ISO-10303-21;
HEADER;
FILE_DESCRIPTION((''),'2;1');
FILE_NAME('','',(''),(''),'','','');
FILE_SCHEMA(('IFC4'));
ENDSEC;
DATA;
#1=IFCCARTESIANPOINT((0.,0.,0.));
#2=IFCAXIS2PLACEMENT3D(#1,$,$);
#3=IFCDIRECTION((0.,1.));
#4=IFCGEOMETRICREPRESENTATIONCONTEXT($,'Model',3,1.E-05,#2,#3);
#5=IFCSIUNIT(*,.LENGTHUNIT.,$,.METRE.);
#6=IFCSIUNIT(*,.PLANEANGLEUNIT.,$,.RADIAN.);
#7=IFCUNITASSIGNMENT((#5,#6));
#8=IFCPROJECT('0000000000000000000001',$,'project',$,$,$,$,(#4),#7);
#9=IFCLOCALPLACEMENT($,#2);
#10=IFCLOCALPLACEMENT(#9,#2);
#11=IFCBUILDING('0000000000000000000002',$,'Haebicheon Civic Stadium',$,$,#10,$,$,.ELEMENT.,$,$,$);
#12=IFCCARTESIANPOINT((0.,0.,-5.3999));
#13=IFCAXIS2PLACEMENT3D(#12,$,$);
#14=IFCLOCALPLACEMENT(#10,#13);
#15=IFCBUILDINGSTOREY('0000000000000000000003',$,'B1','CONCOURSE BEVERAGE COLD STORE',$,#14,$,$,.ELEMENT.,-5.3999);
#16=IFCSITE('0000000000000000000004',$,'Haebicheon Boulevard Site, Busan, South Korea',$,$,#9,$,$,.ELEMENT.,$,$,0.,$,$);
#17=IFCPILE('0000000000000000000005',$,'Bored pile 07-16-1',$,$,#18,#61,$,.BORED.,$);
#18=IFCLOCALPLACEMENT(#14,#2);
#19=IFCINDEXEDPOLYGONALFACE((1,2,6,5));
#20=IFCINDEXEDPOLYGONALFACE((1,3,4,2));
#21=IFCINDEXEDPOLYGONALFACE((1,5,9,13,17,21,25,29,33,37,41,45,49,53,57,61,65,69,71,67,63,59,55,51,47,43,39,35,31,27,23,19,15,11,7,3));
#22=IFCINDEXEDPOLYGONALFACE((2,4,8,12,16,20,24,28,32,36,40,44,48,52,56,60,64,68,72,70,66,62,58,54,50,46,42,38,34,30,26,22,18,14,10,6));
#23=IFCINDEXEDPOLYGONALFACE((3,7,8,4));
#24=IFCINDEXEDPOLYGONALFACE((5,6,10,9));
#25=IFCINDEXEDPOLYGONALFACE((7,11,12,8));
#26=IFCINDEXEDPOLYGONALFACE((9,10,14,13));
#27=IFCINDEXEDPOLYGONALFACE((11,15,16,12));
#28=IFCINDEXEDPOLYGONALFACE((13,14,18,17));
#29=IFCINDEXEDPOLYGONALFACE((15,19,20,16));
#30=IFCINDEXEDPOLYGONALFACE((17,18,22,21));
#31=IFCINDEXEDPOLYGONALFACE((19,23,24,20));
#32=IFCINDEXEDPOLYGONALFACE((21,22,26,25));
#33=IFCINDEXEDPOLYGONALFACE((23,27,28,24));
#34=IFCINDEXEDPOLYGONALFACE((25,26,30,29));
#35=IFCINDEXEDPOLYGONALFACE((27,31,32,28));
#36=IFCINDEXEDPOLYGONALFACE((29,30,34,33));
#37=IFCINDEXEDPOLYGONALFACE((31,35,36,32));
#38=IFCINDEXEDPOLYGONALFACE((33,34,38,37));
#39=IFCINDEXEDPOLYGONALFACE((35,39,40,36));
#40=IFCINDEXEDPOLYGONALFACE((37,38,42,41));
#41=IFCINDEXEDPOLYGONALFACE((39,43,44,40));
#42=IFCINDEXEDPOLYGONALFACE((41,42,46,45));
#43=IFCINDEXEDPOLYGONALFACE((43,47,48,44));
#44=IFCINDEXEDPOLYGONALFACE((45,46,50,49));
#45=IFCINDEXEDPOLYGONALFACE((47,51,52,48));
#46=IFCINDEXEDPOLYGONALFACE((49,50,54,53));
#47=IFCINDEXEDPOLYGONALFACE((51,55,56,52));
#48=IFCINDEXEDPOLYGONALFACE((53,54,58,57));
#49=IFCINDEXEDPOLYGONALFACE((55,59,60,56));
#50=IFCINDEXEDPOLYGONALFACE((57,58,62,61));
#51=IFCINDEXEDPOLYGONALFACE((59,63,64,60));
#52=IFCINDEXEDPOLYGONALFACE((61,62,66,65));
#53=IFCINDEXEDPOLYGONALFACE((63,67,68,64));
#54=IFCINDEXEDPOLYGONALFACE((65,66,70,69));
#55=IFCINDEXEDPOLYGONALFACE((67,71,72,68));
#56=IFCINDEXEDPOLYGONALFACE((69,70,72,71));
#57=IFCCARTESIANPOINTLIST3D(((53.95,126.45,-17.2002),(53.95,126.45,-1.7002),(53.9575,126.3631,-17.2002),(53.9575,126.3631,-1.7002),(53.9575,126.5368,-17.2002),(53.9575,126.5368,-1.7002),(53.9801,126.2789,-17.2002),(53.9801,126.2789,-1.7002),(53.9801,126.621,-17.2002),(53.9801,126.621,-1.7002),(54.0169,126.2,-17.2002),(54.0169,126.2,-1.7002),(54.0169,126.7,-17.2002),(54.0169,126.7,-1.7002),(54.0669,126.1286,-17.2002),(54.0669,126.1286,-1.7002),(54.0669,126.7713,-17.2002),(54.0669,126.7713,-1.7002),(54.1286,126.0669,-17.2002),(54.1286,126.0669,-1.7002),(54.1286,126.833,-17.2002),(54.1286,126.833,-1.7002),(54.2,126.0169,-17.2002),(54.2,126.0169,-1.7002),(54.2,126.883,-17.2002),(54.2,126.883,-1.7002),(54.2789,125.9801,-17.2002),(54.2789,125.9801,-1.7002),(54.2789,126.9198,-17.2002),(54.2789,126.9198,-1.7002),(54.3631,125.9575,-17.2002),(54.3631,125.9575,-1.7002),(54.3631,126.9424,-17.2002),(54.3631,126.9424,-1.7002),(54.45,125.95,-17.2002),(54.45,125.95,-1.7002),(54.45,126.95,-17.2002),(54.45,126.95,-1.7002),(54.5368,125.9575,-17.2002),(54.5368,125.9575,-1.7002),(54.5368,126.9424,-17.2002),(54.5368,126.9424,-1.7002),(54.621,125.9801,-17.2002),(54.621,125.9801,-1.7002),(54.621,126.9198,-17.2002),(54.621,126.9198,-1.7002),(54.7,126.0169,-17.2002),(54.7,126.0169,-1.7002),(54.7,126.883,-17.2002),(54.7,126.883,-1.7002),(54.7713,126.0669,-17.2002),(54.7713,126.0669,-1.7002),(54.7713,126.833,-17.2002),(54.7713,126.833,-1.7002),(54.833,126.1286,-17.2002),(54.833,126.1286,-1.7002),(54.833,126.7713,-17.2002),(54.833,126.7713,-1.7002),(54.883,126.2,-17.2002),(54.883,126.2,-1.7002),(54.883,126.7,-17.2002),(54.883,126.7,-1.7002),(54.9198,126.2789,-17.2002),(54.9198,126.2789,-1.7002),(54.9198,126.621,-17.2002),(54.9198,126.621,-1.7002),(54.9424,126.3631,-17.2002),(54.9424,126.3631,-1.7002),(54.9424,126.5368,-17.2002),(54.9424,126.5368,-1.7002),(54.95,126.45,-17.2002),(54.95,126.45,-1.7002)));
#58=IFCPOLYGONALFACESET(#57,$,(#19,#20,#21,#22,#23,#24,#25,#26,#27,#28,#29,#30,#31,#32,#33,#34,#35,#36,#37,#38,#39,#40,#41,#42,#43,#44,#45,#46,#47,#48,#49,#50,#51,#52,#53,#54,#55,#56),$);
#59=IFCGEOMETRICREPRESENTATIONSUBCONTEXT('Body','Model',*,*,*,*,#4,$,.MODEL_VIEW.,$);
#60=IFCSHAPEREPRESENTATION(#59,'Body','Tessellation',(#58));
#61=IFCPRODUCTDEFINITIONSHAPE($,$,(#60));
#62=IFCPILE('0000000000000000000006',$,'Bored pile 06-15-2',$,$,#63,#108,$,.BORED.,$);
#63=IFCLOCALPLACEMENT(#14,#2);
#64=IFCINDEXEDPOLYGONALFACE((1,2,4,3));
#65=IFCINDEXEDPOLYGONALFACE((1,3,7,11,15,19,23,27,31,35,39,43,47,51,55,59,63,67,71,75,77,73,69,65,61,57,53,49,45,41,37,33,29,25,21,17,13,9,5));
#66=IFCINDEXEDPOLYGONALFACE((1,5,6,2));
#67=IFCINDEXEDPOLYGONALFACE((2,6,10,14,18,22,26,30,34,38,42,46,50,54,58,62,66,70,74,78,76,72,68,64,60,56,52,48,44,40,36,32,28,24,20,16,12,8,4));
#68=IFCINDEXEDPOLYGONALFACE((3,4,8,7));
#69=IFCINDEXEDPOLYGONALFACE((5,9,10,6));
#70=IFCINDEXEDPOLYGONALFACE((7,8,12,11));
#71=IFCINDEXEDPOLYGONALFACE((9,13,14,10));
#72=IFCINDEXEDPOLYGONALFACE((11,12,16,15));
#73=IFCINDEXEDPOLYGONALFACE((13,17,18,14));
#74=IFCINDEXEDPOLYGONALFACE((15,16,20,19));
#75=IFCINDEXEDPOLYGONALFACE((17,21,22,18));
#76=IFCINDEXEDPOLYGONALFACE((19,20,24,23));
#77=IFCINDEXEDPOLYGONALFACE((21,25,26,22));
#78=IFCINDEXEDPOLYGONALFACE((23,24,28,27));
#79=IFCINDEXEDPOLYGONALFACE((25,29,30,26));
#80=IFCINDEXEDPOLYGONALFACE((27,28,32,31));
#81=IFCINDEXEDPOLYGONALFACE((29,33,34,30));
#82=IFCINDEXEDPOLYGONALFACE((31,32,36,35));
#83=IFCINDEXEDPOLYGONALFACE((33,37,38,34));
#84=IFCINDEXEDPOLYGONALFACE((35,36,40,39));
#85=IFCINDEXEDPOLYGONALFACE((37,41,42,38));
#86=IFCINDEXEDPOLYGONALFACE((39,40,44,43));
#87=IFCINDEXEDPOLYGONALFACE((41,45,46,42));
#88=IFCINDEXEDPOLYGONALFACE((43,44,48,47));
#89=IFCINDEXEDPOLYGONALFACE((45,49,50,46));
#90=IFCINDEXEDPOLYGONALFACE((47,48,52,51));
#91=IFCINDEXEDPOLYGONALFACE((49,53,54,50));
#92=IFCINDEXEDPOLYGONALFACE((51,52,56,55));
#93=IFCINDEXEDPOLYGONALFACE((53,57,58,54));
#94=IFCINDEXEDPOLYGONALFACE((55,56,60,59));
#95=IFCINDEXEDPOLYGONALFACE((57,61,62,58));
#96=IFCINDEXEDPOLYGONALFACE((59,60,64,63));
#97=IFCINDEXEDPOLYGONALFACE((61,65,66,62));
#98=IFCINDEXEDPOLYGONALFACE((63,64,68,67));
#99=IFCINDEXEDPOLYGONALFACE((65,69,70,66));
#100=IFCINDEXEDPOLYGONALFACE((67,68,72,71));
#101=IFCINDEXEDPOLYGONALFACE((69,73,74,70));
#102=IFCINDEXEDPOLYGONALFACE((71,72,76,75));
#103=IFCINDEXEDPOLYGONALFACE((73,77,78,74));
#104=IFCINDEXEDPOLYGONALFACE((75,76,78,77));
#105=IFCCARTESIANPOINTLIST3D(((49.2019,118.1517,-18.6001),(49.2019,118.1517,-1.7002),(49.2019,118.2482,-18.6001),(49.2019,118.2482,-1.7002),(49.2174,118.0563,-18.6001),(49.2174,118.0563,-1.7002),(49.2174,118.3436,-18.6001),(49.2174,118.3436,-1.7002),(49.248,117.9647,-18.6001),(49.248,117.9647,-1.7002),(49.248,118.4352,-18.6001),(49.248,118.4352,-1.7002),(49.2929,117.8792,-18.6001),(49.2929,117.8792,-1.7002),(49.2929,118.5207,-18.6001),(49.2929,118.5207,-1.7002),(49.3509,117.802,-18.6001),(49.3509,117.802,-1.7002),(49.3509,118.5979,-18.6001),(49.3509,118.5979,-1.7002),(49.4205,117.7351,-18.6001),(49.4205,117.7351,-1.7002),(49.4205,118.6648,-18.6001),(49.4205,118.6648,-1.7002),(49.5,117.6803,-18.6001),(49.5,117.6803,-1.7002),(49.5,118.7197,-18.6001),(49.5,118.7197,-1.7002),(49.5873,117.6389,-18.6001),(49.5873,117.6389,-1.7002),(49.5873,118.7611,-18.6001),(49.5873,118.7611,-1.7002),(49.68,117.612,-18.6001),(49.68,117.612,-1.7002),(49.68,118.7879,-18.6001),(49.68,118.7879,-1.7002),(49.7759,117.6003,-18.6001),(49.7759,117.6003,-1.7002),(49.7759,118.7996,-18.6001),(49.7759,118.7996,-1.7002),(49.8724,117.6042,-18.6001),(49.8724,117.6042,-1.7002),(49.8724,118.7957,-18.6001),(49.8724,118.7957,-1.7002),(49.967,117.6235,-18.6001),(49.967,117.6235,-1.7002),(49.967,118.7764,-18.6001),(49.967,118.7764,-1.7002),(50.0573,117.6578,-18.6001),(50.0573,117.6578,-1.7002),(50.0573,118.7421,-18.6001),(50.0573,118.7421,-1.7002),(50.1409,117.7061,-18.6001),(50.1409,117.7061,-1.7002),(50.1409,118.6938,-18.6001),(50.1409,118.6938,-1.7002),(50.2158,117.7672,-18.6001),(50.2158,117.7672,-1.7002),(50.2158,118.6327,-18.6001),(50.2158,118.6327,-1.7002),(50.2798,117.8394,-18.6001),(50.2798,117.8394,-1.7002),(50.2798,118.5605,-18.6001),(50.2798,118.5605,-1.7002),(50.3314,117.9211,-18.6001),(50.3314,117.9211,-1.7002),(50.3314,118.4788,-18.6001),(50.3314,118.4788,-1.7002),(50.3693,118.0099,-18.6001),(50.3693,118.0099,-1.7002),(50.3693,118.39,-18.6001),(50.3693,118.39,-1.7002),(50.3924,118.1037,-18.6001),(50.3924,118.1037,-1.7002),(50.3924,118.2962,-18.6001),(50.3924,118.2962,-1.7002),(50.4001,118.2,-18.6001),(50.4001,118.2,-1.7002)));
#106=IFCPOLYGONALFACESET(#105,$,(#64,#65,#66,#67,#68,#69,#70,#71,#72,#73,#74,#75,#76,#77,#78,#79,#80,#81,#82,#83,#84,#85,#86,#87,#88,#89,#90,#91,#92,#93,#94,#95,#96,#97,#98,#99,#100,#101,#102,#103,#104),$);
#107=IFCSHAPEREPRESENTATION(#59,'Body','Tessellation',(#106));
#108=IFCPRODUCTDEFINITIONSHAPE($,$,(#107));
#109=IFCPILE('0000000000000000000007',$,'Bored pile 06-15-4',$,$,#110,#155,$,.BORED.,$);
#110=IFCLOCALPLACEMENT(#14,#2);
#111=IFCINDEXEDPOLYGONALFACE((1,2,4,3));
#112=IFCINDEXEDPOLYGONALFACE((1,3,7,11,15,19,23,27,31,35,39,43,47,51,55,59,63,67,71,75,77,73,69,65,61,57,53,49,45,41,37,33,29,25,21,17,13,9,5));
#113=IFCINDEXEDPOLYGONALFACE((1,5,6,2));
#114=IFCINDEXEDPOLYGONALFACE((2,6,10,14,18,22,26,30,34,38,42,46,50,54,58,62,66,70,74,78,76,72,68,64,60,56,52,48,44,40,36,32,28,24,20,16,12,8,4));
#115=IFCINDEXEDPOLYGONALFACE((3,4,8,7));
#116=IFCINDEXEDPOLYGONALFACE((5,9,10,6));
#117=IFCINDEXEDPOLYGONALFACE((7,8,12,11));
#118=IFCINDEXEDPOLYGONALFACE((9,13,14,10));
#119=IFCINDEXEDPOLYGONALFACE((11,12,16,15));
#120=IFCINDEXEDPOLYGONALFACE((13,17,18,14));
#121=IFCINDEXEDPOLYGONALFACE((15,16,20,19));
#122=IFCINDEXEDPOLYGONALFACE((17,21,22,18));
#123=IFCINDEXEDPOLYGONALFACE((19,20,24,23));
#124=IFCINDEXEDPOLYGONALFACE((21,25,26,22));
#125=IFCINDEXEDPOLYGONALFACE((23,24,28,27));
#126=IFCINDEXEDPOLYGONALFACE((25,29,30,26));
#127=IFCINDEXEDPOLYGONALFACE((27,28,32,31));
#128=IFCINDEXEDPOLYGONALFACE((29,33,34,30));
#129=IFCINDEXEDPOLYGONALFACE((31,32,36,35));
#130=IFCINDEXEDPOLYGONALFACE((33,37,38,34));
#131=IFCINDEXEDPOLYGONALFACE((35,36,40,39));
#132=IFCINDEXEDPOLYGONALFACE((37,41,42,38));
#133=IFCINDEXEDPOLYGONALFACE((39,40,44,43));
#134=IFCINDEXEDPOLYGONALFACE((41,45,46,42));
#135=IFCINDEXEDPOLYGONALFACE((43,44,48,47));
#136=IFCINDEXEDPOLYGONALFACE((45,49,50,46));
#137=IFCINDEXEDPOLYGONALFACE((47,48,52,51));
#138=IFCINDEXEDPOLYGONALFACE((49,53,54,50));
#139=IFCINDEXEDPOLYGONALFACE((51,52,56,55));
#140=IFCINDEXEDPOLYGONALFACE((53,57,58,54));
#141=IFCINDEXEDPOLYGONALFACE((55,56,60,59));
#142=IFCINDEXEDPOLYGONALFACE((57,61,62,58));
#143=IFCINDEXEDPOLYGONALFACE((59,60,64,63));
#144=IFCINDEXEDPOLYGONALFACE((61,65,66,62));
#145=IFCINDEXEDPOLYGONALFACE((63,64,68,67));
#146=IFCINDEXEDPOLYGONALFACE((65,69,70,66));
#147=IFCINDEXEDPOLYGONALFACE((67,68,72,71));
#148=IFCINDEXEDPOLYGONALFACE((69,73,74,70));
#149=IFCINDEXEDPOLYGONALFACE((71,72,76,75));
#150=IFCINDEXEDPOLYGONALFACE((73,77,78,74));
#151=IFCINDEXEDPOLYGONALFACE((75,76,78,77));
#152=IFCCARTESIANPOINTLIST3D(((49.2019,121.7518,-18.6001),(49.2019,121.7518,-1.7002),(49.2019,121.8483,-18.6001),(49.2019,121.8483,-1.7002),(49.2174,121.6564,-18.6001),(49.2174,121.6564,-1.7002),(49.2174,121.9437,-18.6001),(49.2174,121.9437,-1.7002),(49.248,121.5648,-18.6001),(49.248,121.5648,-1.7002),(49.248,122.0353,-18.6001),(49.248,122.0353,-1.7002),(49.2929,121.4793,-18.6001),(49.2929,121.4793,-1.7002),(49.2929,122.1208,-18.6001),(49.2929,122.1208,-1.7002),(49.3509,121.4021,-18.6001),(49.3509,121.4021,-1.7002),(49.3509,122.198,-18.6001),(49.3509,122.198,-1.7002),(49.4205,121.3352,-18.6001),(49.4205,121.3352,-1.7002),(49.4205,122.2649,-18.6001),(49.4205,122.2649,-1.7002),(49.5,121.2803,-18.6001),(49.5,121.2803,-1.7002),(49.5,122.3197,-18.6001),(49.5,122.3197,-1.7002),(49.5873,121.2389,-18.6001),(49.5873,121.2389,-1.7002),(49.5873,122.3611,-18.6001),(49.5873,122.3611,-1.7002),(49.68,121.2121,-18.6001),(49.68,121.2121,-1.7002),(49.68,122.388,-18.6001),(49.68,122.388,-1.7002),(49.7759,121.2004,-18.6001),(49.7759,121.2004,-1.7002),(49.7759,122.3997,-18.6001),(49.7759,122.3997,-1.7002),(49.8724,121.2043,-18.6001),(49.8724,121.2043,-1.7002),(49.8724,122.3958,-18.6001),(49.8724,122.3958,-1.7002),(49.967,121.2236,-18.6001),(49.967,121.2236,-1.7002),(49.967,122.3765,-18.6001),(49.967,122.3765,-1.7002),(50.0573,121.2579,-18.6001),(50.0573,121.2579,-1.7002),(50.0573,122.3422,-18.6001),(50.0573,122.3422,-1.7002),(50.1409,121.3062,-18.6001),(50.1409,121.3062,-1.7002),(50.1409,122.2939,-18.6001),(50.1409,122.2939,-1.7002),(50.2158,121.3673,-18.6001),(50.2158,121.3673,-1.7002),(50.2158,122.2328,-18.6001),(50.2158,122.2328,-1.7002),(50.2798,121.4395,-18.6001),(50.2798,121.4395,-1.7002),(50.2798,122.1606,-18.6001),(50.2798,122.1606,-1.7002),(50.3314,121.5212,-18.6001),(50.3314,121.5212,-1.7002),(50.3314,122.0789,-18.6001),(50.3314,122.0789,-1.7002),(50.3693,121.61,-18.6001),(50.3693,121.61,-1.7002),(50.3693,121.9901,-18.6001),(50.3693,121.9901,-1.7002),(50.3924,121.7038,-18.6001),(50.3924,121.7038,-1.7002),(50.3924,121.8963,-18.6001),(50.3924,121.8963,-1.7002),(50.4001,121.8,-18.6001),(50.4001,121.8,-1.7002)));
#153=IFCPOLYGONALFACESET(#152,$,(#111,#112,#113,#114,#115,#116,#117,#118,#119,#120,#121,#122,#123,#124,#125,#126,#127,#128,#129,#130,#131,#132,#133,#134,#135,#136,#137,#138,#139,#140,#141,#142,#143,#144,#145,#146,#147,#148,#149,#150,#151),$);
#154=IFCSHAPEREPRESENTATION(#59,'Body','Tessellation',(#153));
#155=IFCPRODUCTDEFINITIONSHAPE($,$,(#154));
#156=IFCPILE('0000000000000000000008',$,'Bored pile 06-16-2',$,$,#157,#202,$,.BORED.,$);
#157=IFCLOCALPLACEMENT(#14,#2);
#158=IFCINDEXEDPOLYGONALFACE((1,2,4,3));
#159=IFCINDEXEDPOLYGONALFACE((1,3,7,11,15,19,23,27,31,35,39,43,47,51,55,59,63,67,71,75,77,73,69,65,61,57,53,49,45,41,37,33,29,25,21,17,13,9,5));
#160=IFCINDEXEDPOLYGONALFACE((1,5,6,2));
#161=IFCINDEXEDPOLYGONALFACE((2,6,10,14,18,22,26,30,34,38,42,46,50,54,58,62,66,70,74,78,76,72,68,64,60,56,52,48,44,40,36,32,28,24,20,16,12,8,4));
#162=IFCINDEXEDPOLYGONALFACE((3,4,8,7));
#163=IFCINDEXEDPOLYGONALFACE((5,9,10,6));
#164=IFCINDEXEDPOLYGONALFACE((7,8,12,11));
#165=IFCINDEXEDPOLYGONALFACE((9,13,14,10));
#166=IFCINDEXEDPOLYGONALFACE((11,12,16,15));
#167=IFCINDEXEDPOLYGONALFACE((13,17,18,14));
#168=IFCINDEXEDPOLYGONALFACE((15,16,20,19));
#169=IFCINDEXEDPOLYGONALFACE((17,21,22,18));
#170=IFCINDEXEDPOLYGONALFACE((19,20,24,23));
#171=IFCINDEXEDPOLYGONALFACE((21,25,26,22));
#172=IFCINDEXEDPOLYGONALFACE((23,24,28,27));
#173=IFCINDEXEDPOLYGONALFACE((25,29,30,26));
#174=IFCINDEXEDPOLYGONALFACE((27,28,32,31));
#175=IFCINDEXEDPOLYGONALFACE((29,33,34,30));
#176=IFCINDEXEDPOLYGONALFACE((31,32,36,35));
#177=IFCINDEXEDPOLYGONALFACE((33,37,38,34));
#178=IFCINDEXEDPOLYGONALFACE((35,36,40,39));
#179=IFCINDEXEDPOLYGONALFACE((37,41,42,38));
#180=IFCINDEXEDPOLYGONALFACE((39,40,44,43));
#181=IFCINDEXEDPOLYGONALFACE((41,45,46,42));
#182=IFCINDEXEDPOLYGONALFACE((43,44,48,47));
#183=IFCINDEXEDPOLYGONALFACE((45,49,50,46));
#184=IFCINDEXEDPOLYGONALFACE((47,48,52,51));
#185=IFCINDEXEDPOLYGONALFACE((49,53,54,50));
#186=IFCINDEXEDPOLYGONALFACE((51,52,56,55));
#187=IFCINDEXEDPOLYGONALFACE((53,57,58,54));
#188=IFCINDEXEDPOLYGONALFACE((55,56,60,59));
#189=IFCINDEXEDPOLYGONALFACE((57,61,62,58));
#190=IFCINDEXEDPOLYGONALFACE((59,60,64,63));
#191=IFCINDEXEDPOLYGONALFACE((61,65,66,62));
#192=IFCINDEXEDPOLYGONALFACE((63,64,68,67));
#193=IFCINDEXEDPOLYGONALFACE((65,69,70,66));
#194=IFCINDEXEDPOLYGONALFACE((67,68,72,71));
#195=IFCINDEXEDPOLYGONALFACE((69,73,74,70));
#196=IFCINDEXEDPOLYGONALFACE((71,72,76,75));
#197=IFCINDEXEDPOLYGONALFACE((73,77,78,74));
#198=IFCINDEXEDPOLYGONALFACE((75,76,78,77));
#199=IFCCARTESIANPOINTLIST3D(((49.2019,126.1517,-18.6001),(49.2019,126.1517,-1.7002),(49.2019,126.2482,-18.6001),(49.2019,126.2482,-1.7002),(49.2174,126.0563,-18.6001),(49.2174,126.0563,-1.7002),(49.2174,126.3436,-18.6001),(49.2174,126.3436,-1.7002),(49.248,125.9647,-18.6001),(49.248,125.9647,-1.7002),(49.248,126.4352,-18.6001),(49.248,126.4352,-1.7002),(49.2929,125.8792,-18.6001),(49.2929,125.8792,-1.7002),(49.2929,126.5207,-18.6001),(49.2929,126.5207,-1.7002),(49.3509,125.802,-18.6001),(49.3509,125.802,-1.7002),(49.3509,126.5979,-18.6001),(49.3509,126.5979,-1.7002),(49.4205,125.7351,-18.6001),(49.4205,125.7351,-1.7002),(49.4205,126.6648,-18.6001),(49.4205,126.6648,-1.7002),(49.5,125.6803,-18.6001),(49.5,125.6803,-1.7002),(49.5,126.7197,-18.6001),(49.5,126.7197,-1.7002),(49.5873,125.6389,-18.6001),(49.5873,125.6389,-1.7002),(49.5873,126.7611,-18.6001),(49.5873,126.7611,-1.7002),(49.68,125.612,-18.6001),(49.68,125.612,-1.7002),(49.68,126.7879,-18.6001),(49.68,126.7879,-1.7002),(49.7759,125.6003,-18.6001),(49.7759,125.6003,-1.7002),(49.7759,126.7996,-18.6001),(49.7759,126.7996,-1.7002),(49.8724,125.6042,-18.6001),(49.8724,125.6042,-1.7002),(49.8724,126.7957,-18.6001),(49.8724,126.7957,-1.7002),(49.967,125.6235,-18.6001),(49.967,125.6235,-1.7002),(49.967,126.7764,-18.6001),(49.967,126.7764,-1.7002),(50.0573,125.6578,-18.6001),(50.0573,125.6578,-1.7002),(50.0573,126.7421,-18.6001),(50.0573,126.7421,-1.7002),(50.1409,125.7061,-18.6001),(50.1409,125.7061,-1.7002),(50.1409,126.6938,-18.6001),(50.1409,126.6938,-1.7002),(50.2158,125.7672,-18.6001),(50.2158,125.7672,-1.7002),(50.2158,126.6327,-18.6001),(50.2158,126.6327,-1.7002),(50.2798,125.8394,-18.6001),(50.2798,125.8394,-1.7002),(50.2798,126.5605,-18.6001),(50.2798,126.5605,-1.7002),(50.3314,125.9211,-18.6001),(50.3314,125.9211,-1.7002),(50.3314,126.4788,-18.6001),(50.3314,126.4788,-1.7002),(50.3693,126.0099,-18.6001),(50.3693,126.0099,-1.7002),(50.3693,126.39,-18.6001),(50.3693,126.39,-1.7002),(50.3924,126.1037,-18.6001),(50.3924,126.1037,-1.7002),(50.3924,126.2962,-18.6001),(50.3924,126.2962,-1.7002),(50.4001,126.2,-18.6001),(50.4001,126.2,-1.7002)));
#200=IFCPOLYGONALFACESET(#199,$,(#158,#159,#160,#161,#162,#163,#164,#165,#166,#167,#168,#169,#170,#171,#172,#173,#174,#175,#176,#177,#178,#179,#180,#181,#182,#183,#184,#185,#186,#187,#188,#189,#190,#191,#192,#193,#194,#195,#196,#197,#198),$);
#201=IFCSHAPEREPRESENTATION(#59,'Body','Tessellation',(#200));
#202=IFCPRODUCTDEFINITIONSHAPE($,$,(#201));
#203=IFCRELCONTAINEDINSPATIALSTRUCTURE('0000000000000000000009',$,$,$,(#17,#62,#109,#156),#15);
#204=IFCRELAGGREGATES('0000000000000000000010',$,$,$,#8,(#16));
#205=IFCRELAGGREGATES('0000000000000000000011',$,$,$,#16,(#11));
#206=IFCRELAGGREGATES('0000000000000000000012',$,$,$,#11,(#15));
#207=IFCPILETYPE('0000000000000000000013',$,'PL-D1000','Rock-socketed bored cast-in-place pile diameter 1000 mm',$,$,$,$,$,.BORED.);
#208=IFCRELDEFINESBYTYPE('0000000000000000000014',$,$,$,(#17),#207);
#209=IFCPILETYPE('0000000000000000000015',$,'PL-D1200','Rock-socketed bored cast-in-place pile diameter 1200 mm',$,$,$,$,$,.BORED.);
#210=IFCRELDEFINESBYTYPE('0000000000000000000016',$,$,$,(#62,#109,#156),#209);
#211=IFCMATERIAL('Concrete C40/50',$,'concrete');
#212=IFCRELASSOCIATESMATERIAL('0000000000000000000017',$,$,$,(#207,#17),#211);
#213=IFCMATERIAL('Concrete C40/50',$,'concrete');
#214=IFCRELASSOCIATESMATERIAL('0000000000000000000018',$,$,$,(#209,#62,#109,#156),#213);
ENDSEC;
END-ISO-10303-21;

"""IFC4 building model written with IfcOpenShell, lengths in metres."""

from ifc_helpers import new_model, si_unit, direction, frame, origin, origin_2d, place, context, subcontext, project, spatial, circle, extrude, material, material_profile, profile_set, type_object, element, save


model = new_model("IFC4")

# Units and contexts
model_context = context("Model", 3, precision=1e-05, world=origin(), true_north=direction((0.0, 1.0)))
body_context = subcontext(model_context, "Body", "Model", "MODEL_VIEW")
ifc_project = project(units=[si_unit("LENGTHUNIT", "METRE"), si_unit("PLANEANGLEUNIT", "RADIAN")], contexts=[model_context])

# Site, building, storey
site_placement = place(None, origin())
site = spatial("IfcSite", under=ifc_project, at=site_placement, Name="Haebicheon Boulevard Site, Busan, South Korea", CompositionType="ELEMENT", RefElevation=0.0)
building_placement = place(site_placement, origin())
building = spatial("IfcBuilding", under=site, at=building_placement, Name="Haebicheon Civic Stadium", CompositionType="ELEMENT")
storey_placement = place(building_placement, frame((0.0, 0.0, -5.3999)))
storey = spatial("IfcBuildingStorey", under=building, at=storey_placement, Name="B1", Description="CONCOURSE BEVERAGE COLD STORE", CompositionType="ELEMENT", Elevation=-5.3999)

# Piles
ifc_material_1 = material(Name="Concrete C40/50", Category="concrete")
ifc_material_profile_1 = material_profile(ifc_material_1, circle(Radius=0.5, at=origin_2d()), Name="PILE-D1000")
ifc_profile_set_1 = profile_set([ifc_material_profile_1], Name="Concrete C40/50")
pile_type_1 = type_object("IfcPileType", Name="PL-D1000", Description="Rock-socketed bored cast-in-place pile diameter 1000 mm", PredefinedType="BORED", material=ifc_profile_set_1)
for number, where, z_axis, x_axis, name in (
    (1, (54.45, 126.45, -1.7002), (0.0, 0.0, -1.0), (1.0, 0.0, 0.0), "Bored pile 07-16-1"),
):
    element("IfcPile", number, at=place(storey_placement, frame(where, z_axis=z_axis, x_axis=x_axis)), inside=storey, type_object=pile_type_1, material=ifc_profile_set_1, Name=name, PredefinedType="BORED", context=body_context, shape_type="SweptSolid", body=[
        extrude(circle(Radius=0.5, at=origin_2d()), origin(), (0.0, 0.0, 1.0), 15.5),
    ])
ifc_material_2 = material(Name="Concrete C40/50", Category="concrete")
ifc_material_profile_2 = material_profile(ifc_material_2, circle(Radius=0.6001, at=origin_2d()), Name="PILE-D1200")
ifc_profile_set_2 = profile_set([ifc_material_profile_2], Name="Concrete C40/50")
pile_type_2 = type_object("IfcPileType", Name="PL-D1200", Description="Rock-socketed bored cast-in-place pile diameter 1200 mm", PredefinedType="BORED", material=ifc_profile_set_2)
for number, where, z_axis, x_axis, name in (
    (2, (49.8, 118.2, -1.7002), (0.0, 0.0, -1.0), (1.0, 0.0, 0.0), "Bored pile 06-15-2"),
    (3, (49.8, 121.8, -1.7002), (0.0, 0.0, -1.0), (1.0, 0.0, 0.0), "Bored pile 06-15-4"),
    (4, (49.8, 126.2, -1.7002), (0.0, 0.0, -1.0), (1.0, 0.0, 0.0), "Bored pile 06-16-2"),
):
    element("IfcPile", number, at=place(storey_placement, frame(where, z_axis=z_axis, x_axis=x_axis)), inside=storey, type_object=pile_type_2, material=ifc_profile_set_2, Name=name, PredefinedType="BORED", context=body_context, shape_type="SweptSolid", body=[
        extrude(circle(Radius=0.6001, at=origin_2d()), origin(), (0.0, 0.0, 1.0), 16.8999),
    ])

save(model, "model.ifc")
